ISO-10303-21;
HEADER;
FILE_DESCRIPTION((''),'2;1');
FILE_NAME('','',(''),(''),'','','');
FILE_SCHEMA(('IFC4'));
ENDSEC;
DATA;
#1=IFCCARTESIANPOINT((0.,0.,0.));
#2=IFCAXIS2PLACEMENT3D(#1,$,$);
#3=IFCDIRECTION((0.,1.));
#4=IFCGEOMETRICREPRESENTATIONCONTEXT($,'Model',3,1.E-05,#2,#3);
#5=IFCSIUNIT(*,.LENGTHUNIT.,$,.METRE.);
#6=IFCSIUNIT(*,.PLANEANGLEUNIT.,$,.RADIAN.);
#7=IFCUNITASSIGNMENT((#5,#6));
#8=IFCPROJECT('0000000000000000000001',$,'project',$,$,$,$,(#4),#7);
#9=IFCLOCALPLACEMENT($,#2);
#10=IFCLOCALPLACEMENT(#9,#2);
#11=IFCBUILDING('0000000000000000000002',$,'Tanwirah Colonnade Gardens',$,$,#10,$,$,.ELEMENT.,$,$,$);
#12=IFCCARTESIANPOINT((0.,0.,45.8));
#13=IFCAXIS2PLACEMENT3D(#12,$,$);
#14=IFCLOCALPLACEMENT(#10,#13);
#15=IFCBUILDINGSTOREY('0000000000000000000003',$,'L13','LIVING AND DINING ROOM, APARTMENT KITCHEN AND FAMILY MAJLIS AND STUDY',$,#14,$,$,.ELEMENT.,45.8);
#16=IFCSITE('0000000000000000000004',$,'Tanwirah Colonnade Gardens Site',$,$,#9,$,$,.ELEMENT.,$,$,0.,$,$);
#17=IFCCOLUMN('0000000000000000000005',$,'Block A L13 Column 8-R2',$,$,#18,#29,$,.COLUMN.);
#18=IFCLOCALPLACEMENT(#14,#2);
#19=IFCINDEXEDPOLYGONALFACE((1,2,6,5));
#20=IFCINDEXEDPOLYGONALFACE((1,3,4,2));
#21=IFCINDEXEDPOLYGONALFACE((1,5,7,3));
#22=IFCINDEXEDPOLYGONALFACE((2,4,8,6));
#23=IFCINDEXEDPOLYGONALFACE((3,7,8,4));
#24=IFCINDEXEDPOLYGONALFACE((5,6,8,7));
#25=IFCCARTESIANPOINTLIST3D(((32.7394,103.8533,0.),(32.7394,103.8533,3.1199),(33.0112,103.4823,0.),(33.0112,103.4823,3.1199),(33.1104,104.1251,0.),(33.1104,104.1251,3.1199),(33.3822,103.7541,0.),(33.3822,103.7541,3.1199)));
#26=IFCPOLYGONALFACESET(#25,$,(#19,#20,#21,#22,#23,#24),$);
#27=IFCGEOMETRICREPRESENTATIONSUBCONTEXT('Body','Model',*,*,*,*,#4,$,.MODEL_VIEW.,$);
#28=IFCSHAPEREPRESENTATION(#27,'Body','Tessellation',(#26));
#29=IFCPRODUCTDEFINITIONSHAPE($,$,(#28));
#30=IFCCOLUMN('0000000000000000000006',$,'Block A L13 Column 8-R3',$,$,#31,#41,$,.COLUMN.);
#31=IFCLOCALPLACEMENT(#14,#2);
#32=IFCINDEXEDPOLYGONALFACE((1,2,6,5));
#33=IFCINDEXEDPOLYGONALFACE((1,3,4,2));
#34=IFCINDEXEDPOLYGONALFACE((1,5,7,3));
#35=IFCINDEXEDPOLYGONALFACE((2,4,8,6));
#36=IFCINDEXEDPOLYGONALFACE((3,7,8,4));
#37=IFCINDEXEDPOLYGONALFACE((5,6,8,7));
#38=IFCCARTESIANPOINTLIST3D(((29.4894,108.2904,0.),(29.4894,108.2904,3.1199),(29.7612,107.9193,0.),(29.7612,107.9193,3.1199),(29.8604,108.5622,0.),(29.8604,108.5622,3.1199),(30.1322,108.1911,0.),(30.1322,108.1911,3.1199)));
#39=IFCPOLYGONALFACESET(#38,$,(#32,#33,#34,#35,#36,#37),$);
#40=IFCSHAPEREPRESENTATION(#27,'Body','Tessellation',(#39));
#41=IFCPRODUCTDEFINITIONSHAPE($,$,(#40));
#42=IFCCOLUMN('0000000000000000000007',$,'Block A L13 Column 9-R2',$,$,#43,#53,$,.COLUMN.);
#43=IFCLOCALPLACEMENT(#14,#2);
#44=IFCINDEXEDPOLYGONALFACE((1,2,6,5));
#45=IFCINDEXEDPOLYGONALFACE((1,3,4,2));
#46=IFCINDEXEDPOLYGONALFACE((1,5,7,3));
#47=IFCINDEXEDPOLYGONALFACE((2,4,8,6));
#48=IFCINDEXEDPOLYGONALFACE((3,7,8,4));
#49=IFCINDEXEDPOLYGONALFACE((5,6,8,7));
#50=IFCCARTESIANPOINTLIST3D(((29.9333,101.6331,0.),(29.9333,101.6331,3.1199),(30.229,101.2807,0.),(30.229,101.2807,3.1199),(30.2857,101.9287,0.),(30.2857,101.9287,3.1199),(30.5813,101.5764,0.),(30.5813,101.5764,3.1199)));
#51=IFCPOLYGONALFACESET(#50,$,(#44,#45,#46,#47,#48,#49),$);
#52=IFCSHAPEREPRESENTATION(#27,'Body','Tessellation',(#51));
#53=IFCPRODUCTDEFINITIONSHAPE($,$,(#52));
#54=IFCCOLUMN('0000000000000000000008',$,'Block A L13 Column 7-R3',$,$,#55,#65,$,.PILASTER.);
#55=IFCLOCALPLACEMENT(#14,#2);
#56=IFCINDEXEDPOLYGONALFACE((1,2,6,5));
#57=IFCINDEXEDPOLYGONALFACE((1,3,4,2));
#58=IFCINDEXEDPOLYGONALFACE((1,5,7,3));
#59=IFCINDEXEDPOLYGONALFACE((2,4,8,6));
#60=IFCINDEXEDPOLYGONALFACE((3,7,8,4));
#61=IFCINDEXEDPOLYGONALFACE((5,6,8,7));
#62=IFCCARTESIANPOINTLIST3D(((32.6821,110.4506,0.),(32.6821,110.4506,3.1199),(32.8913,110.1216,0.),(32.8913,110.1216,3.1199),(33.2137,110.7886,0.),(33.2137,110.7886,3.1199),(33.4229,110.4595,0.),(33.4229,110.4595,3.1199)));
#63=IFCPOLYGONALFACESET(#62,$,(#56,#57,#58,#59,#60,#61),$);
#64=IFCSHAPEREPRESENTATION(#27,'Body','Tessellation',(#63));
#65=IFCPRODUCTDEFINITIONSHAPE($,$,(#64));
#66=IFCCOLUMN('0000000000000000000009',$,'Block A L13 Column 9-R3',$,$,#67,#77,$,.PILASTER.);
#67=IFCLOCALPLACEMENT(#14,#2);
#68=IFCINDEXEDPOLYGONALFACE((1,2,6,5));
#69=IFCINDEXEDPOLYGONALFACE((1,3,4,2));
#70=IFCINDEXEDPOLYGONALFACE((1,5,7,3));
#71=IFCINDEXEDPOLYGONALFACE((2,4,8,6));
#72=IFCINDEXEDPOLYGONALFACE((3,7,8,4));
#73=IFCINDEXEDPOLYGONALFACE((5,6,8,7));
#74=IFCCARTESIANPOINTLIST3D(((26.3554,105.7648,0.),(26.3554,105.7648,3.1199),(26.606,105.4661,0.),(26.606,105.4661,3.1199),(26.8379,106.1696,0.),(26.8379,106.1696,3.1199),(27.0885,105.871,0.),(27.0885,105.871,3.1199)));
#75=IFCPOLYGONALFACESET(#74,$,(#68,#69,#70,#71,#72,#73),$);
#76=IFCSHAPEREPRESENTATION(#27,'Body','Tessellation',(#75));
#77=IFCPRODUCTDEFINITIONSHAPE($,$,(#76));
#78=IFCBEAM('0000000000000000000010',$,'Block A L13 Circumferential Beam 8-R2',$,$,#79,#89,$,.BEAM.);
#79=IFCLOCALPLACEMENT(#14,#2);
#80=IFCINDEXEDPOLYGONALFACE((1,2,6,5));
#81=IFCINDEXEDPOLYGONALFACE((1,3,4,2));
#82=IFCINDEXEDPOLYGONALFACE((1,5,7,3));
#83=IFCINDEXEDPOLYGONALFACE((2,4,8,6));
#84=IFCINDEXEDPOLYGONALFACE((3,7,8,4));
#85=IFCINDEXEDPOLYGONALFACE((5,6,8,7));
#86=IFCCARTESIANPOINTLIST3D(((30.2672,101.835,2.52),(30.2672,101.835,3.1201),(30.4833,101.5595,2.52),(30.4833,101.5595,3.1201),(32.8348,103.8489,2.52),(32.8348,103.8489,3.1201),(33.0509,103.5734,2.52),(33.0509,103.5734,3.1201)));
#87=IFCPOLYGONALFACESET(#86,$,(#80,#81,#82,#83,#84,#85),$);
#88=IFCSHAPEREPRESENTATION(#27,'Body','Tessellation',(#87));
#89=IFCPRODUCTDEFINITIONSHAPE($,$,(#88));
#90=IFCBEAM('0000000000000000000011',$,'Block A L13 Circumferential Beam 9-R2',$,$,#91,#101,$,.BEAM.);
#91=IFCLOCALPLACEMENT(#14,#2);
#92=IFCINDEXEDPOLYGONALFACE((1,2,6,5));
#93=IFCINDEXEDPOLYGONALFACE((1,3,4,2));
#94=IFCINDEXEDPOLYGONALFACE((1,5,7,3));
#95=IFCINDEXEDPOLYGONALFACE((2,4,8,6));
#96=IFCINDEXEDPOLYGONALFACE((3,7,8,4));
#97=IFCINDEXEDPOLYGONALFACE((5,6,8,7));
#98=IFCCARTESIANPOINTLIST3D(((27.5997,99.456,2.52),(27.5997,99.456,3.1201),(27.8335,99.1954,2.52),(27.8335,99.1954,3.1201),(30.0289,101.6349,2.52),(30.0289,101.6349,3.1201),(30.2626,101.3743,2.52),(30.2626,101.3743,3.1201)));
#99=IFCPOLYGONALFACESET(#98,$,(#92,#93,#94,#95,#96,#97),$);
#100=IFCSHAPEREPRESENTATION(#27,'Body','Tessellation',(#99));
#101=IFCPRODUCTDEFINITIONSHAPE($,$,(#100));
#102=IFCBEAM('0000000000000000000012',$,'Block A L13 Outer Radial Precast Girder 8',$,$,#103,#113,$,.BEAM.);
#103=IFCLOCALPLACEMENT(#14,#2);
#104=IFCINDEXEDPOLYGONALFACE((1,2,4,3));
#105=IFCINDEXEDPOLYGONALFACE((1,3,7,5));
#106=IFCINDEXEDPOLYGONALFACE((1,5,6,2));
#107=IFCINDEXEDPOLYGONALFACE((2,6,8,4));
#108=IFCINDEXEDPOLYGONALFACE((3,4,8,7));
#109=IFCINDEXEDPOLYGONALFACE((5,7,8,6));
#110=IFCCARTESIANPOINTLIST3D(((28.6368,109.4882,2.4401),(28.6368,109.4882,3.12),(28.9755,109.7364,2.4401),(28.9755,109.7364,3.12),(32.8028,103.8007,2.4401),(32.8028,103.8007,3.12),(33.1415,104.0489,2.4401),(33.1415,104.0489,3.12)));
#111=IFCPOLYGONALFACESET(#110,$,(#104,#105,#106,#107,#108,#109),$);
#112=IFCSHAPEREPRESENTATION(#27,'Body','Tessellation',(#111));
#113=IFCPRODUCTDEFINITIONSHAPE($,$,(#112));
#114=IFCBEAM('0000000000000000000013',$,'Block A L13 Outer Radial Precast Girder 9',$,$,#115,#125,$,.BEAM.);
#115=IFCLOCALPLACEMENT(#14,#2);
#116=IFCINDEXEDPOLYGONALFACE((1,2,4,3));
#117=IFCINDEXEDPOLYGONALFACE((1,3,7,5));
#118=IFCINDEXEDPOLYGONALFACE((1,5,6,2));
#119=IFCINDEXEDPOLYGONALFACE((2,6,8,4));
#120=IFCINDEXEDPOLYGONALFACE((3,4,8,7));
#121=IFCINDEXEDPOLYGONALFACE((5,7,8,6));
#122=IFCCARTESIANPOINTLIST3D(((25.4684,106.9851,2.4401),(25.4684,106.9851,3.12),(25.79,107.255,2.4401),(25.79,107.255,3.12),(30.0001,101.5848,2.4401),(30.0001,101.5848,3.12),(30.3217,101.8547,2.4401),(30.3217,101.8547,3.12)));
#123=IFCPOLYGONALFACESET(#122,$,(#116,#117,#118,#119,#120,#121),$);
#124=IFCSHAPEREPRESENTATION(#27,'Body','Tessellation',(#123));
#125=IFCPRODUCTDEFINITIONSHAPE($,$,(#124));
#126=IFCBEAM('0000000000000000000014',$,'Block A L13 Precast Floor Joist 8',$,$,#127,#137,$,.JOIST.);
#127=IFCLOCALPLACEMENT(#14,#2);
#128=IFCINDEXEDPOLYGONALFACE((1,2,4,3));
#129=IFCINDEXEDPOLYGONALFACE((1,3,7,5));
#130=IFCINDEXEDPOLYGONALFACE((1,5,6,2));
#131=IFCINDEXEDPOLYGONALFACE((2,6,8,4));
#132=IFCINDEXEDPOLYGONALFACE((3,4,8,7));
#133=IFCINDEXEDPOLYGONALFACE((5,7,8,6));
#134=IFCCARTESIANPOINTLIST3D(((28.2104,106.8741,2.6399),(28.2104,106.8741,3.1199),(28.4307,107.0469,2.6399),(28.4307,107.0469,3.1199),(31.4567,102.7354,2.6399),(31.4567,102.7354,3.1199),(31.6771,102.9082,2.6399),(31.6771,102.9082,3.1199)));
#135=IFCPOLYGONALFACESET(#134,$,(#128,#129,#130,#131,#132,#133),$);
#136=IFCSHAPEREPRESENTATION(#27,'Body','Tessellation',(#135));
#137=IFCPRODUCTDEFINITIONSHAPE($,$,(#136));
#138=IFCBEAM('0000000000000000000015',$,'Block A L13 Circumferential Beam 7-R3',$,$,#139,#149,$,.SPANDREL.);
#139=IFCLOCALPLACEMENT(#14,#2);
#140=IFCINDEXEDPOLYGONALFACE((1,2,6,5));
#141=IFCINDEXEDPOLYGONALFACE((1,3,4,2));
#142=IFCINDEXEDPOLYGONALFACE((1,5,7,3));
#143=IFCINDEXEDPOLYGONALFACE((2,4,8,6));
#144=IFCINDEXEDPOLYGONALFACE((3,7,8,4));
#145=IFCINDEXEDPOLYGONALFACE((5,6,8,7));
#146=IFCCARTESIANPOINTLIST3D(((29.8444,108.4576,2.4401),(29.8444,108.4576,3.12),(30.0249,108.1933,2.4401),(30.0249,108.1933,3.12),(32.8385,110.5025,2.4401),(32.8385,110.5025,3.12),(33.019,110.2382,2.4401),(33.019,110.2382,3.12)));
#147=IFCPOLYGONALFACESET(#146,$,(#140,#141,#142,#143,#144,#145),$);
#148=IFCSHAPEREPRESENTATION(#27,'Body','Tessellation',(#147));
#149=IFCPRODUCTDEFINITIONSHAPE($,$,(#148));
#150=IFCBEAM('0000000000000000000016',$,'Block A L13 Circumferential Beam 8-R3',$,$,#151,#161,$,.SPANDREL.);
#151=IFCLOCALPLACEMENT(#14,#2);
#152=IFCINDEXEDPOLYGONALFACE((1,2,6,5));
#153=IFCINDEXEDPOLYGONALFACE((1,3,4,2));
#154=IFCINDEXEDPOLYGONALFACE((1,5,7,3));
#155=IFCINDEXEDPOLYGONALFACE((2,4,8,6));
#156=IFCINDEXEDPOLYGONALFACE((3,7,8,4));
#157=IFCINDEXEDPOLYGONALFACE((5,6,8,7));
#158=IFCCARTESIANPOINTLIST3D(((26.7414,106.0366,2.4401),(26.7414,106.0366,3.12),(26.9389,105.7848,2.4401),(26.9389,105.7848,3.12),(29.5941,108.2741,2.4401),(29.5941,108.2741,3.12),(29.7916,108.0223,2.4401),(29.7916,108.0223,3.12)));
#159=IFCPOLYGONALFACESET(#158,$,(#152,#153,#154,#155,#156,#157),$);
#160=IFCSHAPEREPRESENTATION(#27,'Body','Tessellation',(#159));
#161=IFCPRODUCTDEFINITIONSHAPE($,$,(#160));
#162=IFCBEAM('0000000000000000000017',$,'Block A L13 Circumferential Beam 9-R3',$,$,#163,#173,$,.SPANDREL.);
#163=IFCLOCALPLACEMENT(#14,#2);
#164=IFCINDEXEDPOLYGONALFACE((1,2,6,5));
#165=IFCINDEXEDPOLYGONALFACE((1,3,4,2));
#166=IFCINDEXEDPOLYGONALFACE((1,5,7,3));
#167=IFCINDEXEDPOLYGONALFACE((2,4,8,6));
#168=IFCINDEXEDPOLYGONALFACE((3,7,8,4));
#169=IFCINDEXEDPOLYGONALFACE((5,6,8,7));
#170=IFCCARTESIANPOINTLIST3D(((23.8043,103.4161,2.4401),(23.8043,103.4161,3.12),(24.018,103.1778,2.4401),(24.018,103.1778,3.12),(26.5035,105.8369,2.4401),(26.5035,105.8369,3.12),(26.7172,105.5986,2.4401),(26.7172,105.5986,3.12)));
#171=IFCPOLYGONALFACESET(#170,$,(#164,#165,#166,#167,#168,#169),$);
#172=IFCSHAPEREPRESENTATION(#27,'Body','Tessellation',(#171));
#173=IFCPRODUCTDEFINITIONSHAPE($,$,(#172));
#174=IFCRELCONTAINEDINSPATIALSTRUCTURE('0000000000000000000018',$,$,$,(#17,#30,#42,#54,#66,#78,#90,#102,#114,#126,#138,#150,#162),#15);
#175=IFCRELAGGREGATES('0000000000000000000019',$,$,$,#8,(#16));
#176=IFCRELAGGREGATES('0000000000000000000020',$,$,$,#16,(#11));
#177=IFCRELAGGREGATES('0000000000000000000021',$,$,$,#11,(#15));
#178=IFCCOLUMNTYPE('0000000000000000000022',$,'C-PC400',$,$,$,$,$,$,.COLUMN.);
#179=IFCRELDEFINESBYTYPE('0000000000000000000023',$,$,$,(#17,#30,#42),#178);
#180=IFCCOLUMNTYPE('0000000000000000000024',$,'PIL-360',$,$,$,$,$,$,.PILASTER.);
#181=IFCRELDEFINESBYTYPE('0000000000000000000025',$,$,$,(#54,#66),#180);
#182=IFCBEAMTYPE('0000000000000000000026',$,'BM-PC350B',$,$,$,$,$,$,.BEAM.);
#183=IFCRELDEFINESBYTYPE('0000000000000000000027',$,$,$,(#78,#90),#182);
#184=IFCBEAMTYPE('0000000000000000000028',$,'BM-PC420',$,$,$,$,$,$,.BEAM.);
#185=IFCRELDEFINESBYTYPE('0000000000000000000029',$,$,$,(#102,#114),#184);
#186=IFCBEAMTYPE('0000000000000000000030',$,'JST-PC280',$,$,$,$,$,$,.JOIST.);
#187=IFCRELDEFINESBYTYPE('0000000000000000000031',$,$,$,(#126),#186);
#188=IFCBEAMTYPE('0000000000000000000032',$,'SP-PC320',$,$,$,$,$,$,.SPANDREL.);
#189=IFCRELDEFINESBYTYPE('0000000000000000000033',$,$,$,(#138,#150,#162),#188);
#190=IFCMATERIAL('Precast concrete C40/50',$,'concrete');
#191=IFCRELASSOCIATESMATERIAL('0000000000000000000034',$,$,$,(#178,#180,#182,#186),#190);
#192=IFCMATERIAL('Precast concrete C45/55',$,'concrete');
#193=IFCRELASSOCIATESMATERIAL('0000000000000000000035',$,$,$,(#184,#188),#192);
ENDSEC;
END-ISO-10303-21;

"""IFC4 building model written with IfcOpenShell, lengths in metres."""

from ifc_helpers import new_model, si_unit, direction, frame, origin, origin_2d, place, context, subcontext, project, spatial, rectangle, extrude, material, material_profile, profile_set, type_object, element, save


model = new_model("IFC4")

# Units and contexts
model_context = context("Model", 3, precision=1e-05, world=origin(), true_north=direction((0.0, 1.0)))
body_context = subcontext(model_context, "Body", "Model", "MODEL_VIEW")
ifc_project = project(units=[si_unit("LENGTHUNIT", "METRE"), si_unit("PLANEANGLEUNIT", "RADIAN")], contexts=[model_context])

# Site, building, storey
site_placement = place(None, origin())
site = spatial("IfcSite", under=ifc_project, at=site_placement, Name="Tanwirah Colonnade Gardens Site", CompositionType="ELEMENT", RefElevation=0.0)
building_placement = place(site_placement, origin())
building = spatial("IfcBuilding", under=site, at=building_placement, Name="Tanwirah Colonnade Gardens", CompositionType="ELEMENT")
storey_placement = place(building_placement, frame((0.0, 0.0, 45.8)))
storey = spatial("IfcBuildingStorey", under=building, at=storey_placement, Name="L13", Description="LIVING AND DINING ROOM, APARTMENT KITCHEN AND FAMILY MAJLIS AND STUDY", CompositionType="ELEMENT", Elevation=45.8)

# Columns
ifc_material_1 = material(Name="Precast concrete C40/50", Category="concrete")
ifc_material_profile_1 = material_profile(ifc_material_1, rectangle(XDim=0.46, YDim=0.46, at=origin_2d()), Name="PC-COL 460x460")
ifc_profile_set_1 = profile_set([ifc_material_profile_1], Name="Precast concrete C40/50")
column_type_1 = type_object("IfcColumnType", Name="C-PC400", PredefinedType="COLUMN", material=ifc_profile_set_1)
for number, where, z_axis, x_axis, name in (
    (1, (33.0608, 103.8037, 0.0), (0.0, 0.0, 1.0), (-0.590919, 0.806731, 0.0), "Block A L13 Column 8-R2"),
    (2, (29.8108, 108.2407, 0.0), (0.0, 0.0, 1.0), (-0.590919, 0.806731, 0.0), "Block A L13 Column 8-R3"),
    (3, (30.2573, 101.6047, 0.0), (0.0, 0.0, 1.0), (-0.642788, 0.766044, 0.0), "Block A L13 Column 9-R2"),
):
    element("IfcColumn", number, at=place(storey_placement, frame(where, z_axis=z_axis, x_axis=x_axis)), inside=storey, type_object=column_type_1, Name=name, PredefinedType="COLUMN", context=body_context, shape_type="SweptSolid", body=[
        extrude(rectangle(XDim=0.46, YDim=0.46, at=origin_2d()), origin(), (0.0, 0.0, 1.0), 3.1199),
    ])
ifc_material_profile_2 = material_profile(ifc_material_1, rectangle(XDim=0.3899, YDim=0.6299, at=origin_2d()), Name="PC-PIL 390x630")
ifc_profile_set_2 = profile_set([ifc_material_profile_2], Name="Precast concrete C40/50")
column_type_2 = type_object("IfcColumnType", Name="PIL-360", PredefinedType="PILASTER", material=ifc_profile_set_2)
for number, where, z_axis, x_axis, name in (
    (4, (33.0525, 110.4551, 0.0), (0.0, 0.0, 1.0), (-0.536482, 0.843912, 0.0), "Block A L13 Column 7-R3"),
    (5, (26.7219, 105.8179, 0.0), (0.0, 0.0, 1.0), (-0.642788, 0.766044, 0.0), "Block A L13 Column 9-R3"),
):
    element("IfcColumn", number, at=place(storey_placement, frame(where, z_axis=z_axis, x_axis=x_axis)), inside=storey, type_object=column_type_2, Name=name, PredefinedType="PILASTER", context=body_context, shape_type="SweptSolid", body=[
        extrude(rectangle(XDim=0.3899, YDim=0.6299, at=origin_2d()), origin(), (0.0, 0.0, 1.0), 3.1199),
    ])

# Beams
ifc_material_profile_3 = material_profile(ifc_material_1, rectangle(XDim=0.3501, YDim=0.6001, at=origin_2d()), Name="PC-BM 350x600")
ifc_profile_set_3 = profile_set([ifc_material_profile_3], Name="Precast concrete C40/50")
beam_type_1 = type_object("IfcBeamType", Name="BM-PC350B", PredefinedType="BEAM", material=ifc_profile_set_3)
for number, where, z_axis, x_axis, name in (
    (6, (32.9429, 103.7112, 2.8201), (-0.78684, -0.617157, 0.0), (0.617157, -0.78684, 0.0), "Block A L13 Circumferential Beam 8-R2"),
    (7, (30.1458, 101.5046, 2.8201), (-0.744409, -0.667724, 0.0), (0.667724, -0.744409, 0.0), "Block A L13 Circumferential Beam 9-R2"),
):
    element("IfcBeam", number, at=place(storey_placement, frame(where, z_axis=z_axis, x_axis=x_axis)), inside=storey, type_object=beam_type_1, Name=name, PredefinedType="BEAM", context=body_context, shape_type="SweptSolid", body=[
        extrude(rectangle(XDim=0.3501, YDim=0.6001, at=origin_2d()), origin(), (0.0, 0.0, 1.0), 3.2632),
    ])
ifc_material_2 = material(Name="Precast concrete C45/55", Category="concrete")
ifc_material_profile_4 = material_profile(ifc_material_2, rectangle(XDim=0.4199, YDim=0.6799, at=origin_2d()), Name="PC-BM 420x680")
ifc_profile_set_4 = profile_set([ifc_material_profile_4], Name="Precast concrete C45/55")
beam_type_2 = type_object("IfcBeamType", Name="BM-PC420", PredefinedType="BEAM", material=ifc_profile_set_4)
beam_1_placement = place(storey_placement, frame((32.9722, 103.9248, 2.78), z_axis=(-0.590919, 0.806731, 0.0), x_axis=(-0.806731, -0.590919, 0.0)))
element("IfcBeam", 8, at=beam_1_placement, inside=storey, type_object=beam_type_2, Name="Block A L13 Outer Radial Precast Girder 8", PredefinedType="BEAM", context=body_context, shape_type="SweptSolid", body=[
    extrude(rectangle(XDim=0.4199, YDim=0.6799, at=origin_2d()), origin(), (0.0, 0.0, 1.0), 7.05),
])
beam_2_placement = place(storey_placement, frame((30.1609, 101.7197, 2.78), z_axis=(-0.64281, 0.766025, 0.0), x_axis=(-0.766025, -0.64281, 0.0)))
element("IfcBeam", 9, at=beam_2_placement, inside=storey, type_object=beam_type_2, Name="Block A L13 Outer Radial Precast Girder 9", PredefinedType="BEAM", context=body_context, shape_type="SweptSolid", body=[
    extrude(rectangle(XDim=0.4199, YDim=0.6799, at=origin_2d()), origin(), (0.0, 0.0, 1.0), 7.0498),
])
ifc_material_profile_5 = material_profile(ifc_material_1, rectangle(XDim=0.28, YDim=0.48, at=origin_2d()), Name="PC-JST 280x480")
ifc_profile_set_5 = profile_set([ifc_material_profile_5], Name="Precast concrete C40/50")
beam_type_3 = type_object("IfcBeamType", Name="JST-PC280", PredefinedType="JOIST", material=ifc_profile_set_5)
beam_3_placement = place(storey_placement, frame((31.5669, 102.8218, 2.8799), z_axis=(-0.617178, 0.786824, 0.0), x_axis=(-0.786824, -0.617178, 0.0)))
element("IfcBeam", 10, at=beam_3_placement, inside=storey, type_object=beam_type_3, Name="Block A L13 Precast Floor Joist 8", PredefinedType="JOIST", context=body_context, shape_type="SweptSolid", body=[
    extrude(rectangle(XDim=0.28, YDim=0.48, at=origin_2d()), origin(), (0.0, 0.0, 1.0), 5.26),
])
ifc_material_profile_6 = material_profile(ifc_material_2, rectangle(XDim=0.3201, YDim=0.6799, at=origin_2d()), Name="PC-SP 320x680")
ifc_profile_set_6 = profile_set([ifc_material_profile_6], Name="Precast concrete C45/55")
beam_type_4 = type_object("IfcBeamType", Name="SP-PC320", PredefinedType="SPANDREL", material=ifc_profile_set_6)
beam_4_placement = place(storey_placement, frame((32.9287, 110.3704, 2.78), z_axis=(-0.825783, -0.563989, 0.0), x_axis=(0.563989, -0.825783, 0.0)))
element("IfcBeam", 11, at=beam_4_placement, inside=storey, type_object=beam_type_4, Name="Block A L13 Circumferential Beam 7-R3", PredefinedType="SPANDREL", context=body_context, shape_type="SweptSolid", body=[
    extrude(rectangle(XDim=0.3201, YDim=0.6799, at=origin_2d()), origin(), (0.0, 0.0, 1.0), 3.6257),
])
beam_5_placement = place(storey_placement, frame((29.6929, 108.1482, 2.78), z_axis=(-0.786844, -0.617152, 0.0), x_axis=(0.617152, -0.786844, 0.0)))
element("IfcBeam", 12, at=beam_5_placement, inside=storey, type_object=beam_type_4, Name="Block A L13 Circumferential Beam 8-R3", PredefinedType="SPANDREL", context=body_context, shape_type="SweptSolid", body=[
    extrude(rectangle(XDim=0.3201, YDim=0.6799, at=origin_2d()), origin(), (0.0, 0.0, 1.0), 3.6255),
])
beam_6_placement = place(storey_placement, frame((26.6104, 105.7178, 2.78), z_axis=(-0.744445, -0.667684, 0.0), x_axis=(0.667684, -0.744445, 0.0)))
element("IfcBeam", 13, at=beam_6_placement, inside=storey, type_object=beam_type_4, Name="Block A L13 Circumferential Beam 9-R3", PredefinedType="SPANDREL", context=body_context, shape_type="SweptSolid", body=[
    extrude(rectangle(XDim=0.3201, YDim=0.6799, at=origin_2d()), origin(), (0.0, 0.0, 1.0), 3.6257),
])

save(model, "model.ifc")
